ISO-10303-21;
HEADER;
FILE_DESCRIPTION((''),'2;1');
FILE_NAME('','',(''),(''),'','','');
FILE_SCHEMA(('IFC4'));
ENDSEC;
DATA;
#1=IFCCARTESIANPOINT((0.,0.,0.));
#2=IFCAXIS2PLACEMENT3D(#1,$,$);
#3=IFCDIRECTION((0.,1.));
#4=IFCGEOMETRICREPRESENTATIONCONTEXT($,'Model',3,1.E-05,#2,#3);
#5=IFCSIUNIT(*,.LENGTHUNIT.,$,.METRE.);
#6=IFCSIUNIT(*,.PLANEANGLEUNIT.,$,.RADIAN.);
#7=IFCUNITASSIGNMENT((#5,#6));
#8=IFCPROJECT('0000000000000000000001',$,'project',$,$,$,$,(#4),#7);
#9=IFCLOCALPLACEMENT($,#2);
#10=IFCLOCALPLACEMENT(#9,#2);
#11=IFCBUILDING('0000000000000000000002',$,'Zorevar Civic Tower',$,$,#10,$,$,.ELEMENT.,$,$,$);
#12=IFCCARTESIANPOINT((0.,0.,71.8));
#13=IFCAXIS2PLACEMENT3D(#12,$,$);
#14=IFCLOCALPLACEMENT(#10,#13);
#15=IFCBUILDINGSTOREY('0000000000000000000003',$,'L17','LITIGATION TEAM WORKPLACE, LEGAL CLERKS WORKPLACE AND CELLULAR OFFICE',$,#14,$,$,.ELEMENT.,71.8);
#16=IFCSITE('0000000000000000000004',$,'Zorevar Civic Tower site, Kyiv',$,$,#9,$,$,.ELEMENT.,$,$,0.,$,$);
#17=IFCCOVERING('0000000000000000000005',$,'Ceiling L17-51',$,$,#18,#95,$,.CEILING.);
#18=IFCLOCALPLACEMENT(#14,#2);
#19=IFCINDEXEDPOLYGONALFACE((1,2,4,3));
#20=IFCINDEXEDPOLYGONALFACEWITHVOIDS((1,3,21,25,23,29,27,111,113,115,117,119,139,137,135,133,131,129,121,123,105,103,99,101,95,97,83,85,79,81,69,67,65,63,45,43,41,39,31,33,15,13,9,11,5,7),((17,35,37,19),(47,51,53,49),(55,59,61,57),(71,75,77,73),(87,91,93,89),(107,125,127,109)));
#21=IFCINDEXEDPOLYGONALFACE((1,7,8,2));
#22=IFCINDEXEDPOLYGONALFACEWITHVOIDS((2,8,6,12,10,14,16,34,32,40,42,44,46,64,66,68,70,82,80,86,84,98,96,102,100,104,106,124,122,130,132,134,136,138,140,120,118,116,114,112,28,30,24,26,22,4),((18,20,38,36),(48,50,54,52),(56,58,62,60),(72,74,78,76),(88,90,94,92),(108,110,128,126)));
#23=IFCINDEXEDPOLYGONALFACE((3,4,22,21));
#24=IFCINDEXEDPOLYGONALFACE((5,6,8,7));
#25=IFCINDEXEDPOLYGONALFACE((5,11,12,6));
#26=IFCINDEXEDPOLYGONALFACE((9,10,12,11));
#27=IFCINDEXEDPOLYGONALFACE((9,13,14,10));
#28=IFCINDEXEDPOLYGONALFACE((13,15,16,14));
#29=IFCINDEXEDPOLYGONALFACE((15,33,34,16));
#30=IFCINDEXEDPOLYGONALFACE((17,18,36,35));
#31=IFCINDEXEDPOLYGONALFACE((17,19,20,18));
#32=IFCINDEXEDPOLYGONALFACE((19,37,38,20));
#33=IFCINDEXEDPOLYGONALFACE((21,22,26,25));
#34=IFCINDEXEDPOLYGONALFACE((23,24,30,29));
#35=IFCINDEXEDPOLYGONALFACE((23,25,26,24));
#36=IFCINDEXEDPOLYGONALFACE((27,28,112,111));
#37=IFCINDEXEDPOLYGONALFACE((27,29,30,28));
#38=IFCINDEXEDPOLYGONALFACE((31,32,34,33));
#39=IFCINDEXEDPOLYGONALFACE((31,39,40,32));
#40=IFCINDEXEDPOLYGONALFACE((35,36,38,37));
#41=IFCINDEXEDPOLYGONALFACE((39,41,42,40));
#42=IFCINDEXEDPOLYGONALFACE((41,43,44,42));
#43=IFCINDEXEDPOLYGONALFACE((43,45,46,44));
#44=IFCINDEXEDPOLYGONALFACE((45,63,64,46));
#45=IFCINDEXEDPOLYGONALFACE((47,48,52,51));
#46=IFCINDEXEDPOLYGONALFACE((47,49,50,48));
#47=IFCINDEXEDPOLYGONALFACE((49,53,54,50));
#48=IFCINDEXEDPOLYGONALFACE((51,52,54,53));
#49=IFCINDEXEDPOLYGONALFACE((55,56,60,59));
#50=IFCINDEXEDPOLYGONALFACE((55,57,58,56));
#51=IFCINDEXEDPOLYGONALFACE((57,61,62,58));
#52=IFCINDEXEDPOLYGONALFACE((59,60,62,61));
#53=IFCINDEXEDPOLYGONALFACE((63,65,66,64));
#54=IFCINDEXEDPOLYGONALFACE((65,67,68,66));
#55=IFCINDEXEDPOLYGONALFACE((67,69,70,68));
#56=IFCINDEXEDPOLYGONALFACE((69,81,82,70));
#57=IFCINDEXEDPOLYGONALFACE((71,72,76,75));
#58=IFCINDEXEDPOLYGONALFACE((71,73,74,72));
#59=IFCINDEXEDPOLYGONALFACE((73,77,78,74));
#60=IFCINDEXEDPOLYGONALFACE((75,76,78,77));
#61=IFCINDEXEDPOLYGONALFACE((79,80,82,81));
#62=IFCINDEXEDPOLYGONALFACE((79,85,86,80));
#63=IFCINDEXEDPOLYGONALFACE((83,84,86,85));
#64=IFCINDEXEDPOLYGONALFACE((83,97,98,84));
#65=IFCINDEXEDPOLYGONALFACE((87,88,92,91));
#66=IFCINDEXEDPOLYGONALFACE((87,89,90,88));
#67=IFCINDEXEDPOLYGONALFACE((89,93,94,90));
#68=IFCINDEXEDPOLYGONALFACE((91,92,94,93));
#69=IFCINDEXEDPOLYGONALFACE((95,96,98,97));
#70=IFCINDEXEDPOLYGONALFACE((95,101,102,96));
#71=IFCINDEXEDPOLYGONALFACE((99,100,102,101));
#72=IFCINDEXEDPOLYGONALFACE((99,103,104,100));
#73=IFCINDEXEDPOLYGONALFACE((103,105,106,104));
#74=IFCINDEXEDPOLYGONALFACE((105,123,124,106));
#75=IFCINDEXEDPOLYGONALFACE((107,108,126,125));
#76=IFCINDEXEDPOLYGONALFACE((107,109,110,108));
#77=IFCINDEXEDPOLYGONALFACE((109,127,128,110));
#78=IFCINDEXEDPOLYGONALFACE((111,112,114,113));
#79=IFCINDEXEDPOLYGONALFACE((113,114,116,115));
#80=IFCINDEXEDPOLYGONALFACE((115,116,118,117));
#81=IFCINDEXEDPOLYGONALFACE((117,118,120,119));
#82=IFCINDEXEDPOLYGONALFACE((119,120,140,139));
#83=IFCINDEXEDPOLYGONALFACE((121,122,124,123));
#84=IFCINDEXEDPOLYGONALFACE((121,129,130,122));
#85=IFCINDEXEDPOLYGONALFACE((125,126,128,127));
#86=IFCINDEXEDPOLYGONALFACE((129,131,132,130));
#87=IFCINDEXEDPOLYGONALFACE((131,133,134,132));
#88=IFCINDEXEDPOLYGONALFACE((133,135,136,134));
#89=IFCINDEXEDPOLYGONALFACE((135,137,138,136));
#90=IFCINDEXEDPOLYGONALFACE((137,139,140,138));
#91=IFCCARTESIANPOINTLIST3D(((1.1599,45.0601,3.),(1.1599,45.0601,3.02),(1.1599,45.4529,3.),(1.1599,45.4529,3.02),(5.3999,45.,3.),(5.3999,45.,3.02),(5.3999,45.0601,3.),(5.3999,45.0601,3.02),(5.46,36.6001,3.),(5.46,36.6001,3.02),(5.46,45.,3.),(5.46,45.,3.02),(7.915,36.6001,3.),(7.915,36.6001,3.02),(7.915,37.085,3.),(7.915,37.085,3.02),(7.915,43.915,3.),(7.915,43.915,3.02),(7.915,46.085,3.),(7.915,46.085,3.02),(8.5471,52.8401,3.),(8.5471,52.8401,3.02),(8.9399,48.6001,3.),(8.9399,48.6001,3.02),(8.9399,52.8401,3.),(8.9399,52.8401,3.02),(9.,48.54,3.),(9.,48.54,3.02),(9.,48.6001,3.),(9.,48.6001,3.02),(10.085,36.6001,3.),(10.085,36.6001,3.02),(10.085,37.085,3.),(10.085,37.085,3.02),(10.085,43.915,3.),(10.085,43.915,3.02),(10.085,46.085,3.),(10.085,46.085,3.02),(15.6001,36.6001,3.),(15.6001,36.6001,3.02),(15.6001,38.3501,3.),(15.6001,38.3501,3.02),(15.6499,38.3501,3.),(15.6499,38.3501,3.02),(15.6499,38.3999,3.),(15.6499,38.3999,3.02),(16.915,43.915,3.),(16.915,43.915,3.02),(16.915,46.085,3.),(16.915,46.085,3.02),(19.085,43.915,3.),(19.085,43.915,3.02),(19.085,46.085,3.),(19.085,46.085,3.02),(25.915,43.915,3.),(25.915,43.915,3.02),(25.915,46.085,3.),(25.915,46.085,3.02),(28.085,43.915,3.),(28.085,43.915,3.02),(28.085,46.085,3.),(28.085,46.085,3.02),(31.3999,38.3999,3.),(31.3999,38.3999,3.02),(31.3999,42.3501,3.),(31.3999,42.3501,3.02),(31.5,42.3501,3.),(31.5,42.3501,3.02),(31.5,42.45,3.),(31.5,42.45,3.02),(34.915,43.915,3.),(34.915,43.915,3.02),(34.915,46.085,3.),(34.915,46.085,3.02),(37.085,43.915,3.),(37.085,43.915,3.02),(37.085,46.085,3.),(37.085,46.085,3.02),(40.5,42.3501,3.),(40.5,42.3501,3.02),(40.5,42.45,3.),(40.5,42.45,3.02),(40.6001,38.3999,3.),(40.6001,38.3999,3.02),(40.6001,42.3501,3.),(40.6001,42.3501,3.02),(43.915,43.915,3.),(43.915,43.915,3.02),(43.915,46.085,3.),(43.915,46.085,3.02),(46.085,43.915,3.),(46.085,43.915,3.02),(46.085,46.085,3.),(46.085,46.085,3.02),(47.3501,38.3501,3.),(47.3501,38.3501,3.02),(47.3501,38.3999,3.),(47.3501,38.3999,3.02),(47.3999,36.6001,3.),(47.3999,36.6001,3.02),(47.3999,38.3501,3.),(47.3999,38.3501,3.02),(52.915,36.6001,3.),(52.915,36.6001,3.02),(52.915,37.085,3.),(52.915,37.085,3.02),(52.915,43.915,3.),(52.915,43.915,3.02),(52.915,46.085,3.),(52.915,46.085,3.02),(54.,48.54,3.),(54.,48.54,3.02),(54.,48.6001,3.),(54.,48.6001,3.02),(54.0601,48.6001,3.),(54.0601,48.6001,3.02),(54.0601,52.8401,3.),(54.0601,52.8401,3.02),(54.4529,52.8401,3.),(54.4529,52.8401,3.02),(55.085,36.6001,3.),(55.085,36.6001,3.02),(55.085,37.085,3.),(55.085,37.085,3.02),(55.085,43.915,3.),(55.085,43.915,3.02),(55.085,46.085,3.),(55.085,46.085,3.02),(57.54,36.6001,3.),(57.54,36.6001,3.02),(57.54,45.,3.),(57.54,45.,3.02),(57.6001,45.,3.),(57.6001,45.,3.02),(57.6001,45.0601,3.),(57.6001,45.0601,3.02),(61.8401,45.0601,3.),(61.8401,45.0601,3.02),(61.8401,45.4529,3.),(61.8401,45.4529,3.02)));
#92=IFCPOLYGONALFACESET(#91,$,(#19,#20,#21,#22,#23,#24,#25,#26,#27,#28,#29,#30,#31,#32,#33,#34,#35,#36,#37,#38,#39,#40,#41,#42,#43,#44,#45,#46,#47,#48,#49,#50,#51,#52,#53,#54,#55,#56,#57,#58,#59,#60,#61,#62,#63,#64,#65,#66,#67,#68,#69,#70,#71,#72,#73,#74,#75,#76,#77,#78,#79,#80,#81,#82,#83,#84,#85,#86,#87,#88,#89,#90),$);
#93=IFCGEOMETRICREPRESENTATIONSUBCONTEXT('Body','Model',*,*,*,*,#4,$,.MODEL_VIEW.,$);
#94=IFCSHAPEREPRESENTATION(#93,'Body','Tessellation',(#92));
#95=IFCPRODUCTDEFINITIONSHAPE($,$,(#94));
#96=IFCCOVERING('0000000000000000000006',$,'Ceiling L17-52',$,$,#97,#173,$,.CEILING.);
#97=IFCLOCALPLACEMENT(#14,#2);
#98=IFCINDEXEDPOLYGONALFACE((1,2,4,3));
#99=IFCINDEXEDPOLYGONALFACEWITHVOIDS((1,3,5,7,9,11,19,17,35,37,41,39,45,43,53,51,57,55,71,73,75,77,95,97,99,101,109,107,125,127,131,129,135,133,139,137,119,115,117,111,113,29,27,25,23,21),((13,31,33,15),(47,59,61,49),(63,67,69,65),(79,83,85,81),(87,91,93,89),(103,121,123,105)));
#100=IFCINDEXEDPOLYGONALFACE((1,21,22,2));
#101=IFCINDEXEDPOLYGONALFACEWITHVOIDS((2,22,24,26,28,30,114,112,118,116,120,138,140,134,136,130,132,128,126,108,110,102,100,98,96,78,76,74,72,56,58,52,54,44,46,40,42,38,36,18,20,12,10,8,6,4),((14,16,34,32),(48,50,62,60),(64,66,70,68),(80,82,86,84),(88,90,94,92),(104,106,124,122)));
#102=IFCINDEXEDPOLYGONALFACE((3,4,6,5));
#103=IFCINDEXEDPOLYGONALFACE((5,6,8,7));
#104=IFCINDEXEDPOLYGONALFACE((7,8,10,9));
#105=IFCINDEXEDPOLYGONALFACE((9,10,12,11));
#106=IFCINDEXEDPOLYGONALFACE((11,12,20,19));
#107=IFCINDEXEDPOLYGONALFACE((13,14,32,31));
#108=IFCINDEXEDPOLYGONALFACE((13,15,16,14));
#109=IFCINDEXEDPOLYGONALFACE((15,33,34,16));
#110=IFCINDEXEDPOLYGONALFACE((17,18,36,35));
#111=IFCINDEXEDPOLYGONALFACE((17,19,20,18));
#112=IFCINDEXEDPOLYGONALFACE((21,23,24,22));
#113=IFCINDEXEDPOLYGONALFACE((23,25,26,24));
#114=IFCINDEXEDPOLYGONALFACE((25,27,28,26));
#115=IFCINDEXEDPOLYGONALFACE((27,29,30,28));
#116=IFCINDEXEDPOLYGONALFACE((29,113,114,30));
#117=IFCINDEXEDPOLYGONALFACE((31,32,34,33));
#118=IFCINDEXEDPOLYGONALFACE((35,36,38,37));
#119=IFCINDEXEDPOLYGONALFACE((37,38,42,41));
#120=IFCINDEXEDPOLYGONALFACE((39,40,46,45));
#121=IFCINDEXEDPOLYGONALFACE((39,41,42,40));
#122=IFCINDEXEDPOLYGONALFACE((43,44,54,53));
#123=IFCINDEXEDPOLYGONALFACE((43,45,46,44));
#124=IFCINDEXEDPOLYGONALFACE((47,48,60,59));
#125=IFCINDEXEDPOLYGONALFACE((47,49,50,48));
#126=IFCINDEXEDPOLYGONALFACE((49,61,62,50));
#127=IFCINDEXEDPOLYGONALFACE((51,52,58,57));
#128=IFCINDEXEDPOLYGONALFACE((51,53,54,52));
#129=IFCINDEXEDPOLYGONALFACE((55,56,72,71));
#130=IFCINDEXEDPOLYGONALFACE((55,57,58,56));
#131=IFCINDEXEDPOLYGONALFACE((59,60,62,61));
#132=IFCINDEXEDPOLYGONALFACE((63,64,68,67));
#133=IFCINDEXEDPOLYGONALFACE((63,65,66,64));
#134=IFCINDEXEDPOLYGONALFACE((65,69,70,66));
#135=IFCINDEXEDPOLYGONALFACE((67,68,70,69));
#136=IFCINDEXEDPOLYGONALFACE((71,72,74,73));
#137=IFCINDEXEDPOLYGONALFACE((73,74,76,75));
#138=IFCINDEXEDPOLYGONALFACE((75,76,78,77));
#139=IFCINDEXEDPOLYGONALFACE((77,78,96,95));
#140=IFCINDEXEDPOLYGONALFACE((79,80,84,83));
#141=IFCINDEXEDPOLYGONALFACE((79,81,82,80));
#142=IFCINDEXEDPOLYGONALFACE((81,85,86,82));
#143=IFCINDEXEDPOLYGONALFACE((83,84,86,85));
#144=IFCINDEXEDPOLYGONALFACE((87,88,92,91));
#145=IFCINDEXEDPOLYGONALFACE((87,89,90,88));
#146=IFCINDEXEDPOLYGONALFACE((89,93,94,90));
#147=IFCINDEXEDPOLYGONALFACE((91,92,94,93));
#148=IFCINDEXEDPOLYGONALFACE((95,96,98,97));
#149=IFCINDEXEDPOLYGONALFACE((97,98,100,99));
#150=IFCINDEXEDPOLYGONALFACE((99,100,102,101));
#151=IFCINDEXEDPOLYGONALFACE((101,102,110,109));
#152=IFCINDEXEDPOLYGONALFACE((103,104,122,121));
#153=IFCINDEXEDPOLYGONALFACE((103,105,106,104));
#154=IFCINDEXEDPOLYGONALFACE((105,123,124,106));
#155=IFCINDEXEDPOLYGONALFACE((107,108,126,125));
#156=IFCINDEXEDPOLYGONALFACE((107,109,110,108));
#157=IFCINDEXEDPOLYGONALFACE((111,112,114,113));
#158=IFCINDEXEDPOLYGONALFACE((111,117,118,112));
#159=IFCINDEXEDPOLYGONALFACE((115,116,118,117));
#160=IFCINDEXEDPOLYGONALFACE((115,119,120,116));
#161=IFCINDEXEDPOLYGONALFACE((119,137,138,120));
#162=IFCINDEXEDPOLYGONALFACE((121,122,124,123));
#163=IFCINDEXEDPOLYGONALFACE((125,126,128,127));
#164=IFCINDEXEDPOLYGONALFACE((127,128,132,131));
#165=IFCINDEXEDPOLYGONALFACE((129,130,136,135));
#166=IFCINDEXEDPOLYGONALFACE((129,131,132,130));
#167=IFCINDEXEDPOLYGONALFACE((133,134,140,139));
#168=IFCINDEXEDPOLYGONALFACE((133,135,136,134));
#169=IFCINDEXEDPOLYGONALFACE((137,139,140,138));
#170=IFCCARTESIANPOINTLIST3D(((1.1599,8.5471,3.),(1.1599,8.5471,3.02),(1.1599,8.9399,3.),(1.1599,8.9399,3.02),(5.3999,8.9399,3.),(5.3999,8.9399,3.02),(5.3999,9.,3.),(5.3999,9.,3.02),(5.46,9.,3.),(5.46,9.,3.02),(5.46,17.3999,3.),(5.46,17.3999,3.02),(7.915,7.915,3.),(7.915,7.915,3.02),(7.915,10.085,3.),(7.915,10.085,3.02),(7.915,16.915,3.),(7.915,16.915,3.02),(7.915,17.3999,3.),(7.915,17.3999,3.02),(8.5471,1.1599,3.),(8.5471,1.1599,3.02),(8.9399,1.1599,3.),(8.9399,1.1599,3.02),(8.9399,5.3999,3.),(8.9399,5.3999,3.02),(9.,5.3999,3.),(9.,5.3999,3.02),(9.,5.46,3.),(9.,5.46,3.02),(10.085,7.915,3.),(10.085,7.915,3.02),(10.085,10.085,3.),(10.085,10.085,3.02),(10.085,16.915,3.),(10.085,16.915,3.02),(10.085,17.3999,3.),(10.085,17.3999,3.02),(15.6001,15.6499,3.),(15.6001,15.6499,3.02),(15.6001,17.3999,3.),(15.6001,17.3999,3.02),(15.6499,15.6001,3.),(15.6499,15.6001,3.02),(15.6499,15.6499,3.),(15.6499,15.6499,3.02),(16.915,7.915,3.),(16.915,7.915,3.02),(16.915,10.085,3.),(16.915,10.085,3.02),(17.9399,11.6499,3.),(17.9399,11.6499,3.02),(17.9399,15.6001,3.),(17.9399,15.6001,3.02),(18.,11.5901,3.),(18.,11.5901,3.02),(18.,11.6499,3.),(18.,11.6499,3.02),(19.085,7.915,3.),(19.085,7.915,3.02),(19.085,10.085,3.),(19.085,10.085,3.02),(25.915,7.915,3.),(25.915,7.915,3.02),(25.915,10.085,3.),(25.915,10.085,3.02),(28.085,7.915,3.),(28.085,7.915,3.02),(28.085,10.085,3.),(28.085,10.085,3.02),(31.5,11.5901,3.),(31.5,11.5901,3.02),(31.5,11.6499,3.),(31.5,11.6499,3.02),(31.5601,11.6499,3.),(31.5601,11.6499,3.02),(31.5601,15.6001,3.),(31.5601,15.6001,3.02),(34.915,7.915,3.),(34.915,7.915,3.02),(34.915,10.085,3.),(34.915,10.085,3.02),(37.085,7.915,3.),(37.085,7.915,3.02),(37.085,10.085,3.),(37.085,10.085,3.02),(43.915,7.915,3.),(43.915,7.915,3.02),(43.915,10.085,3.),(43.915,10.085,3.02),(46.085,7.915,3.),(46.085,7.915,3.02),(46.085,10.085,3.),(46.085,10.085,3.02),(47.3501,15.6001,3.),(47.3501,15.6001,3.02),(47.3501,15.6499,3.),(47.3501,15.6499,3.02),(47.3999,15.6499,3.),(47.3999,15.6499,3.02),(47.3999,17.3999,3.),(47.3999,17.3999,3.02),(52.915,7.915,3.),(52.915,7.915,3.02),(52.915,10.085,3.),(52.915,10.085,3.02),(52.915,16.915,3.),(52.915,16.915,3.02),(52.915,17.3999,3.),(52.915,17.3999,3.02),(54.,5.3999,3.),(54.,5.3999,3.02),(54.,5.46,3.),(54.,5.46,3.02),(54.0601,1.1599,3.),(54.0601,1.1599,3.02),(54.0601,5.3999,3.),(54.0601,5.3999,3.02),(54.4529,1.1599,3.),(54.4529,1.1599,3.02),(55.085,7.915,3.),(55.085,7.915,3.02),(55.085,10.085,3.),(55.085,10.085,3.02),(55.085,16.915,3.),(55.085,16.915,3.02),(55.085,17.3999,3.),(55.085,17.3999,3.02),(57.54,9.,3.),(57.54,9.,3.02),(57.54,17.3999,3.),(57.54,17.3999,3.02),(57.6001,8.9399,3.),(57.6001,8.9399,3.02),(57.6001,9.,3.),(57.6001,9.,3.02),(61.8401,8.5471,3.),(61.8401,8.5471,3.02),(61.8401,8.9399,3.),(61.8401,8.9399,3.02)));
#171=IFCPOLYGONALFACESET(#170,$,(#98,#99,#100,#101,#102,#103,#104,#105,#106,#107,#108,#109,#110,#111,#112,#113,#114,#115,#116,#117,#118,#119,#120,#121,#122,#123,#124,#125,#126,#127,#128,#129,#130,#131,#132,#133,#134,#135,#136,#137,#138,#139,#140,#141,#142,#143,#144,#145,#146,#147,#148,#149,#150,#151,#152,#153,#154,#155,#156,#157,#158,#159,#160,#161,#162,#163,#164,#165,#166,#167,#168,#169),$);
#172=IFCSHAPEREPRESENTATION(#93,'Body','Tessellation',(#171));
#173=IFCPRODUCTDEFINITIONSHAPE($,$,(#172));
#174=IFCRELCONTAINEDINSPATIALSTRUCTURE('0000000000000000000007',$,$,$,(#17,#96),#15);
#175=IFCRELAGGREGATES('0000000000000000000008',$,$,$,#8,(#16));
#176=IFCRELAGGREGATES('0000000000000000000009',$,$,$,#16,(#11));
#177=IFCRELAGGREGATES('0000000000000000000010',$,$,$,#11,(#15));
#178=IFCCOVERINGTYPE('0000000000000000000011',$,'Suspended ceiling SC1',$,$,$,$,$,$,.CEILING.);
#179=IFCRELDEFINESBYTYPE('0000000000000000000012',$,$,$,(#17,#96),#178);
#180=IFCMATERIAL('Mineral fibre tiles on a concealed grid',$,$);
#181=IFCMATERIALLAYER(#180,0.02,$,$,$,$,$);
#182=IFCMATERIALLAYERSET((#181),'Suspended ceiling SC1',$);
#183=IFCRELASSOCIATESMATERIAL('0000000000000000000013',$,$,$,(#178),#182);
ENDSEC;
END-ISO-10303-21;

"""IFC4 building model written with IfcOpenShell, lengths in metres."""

from ifc_helpers import new_model, si_unit, direction, frame, origin, place, context, subcontext, project, spatial, polyline, outline, extrude, material, layer, layer_set, type_object, element, save


model = new_model("IFC4")

# Units and contexts
model_context = context("Model", 3, precision=1e-05, world=origin(), true_north=direction((0.0, 1.0)))
body_context = subcontext(model_context, "Body", "Model", "MODEL_VIEW")
ifc_project = project(units=[si_unit("LENGTHUNIT", "METRE"), si_unit("PLANEANGLEUNIT", "RADIAN")], contexts=[model_context])

# Site, building, storey
site_placement = place(None, origin())
site = spatial("IfcSite", under=ifc_project, at=site_placement, Name="Zorevar Civic Tower site, Kyiv", CompositionType="ELEMENT", RefElevation=0.0)
building_placement = place(site_placement, origin())
building = spatial("IfcBuilding", under=site, at=building_placement, Name="Zorevar Civic Tower", CompositionType="ELEMENT")
storey_placement = place(building_placement, frame((0.0, 0.0, 71.8)))
storey = spatial("IfcBuildingStorey", under=building, at=storey_placement, Name="L17", Description="LITIGATION TEAM WORKPLACE, LEGAL CLERKS WORKPLACE AND CELLULAR OFFICE", CompositionType="ELEMENT", Elevation=71.8)

# Coverings
ifc_material_1 = material(Name="Mineral fibre tiles on a concealed grid")
ifc_layer_1 = layer(ifc_material_1, 0.02)
ifc_layer_set_1 = layer_set([ifc_layer_1], Name="Suspended ceiling SC1")
covering_type_1 = type_object("IfcCoveringType", Name="Suspended ceiling SC1", PredefinedType="CEILING", material=ifc_layer_set_1)
covering_1_placement = place(storey_placement, frame((0.0, 0.0, 3.0)))
element("IfcCovering", 1, at=covering_1_placement, inside=storey, type_object=covering_type_1, Name="Ceiling L17-51", PredefinedType="CEILING", context=body_context, shape_type="SweptSolid", body=[
    extrude(outline(polyline([(57.6001, 45.0601), (57.6001, 45.0), (57.54, 45.0), (57.54, 36.6001), (55.085, 36.6001), (55.085, 37.085), (52.915, 37.085), (52.915, 36.6001), (47.3999, 36.6001), (47.3999, 38.3501), (47.3501, 38.3501), (47.3501, 38.3999), (40.6001, 38.3999), (40.6001, 42.3501), (40.5, 42.3501), (40.5, 42.45), (31.5, 42.45), (31.5, 42.3501), (31.3999, 42.3501), (31.3999, 38.3999), (15.6499, 38.3999), (15.6499, 38.3501), (15.6001, 38.3501), (15.6001, 36.6001), (10.085, 36.6001), (10.085, 37.085), (7.915, 37.085), (7.915, 36.6001), (5.46, 36.6001), (5.46, 45.0), (5.3999, 45.0), (5.3999, 45.0601), (1.1599, 45.0601), (1.1599, 45.4529), (8.5471, 52.8401), (8.9399, 52.8401), (8.9399, 48.6001), (9.0, 48.6001), (9.0, 48.54), (54.0, 48.54), (54.0, 48.6001), (54.0601, 48.6001), (54.0601, 52.8401), (54.4529, 52.8401), (61.8401, 45.4529), (61.8401, 45.0601), (57.6001, 45.0601)]), holes=[polyline([(10.085, 43.915), (10.085, 46.085), (7.915, 46.085), (7.915, 43.915), (10.085, 43.915)]), polyline([(16.915, 46.085), (16.915, 43.915), (19.085, 43.915), (19.085, 46.085), (16.915, 46.085)]), polyline([(28.085, 46.085), (25.915, 46.085), (25.915, 43.915), (28.085, 43.915), (28.085, 46.085)]), polyline([(37.085, 43.915), (37.085, 46.085), (34.915, 46.085), (34.915, 43.915), (37.085, 43.915)]), polyline([(43.915, 43.915), (46.085, 43.915), (46.085, 46.085), (43.915, 46.085), (43.915, 43.915)]), polyline([(55.085, 46.085), (52.915, 46.085), (52.915, 43.915), (55.085, 43.915), (55.085, 46.085)])]), origin(), (0.0, 0.0, 1.0), 0.02),
])
covering_2_placement = place(storey_placement, frame((0.0, 0.0, 3.0)))
element("IfcCovering", 2, at=covering_2_placement, inside=storey, type_object=covering_type_1, Name="Ceiling L17-52", PredefinedType="CEILING", context=body_context, shape_type="SweptSolid", body=[
    extrude(outline(polyline([(18.0, 11.6499), (18.0, 11.5901), (31.5, 11.5901), (31.5, 11.6499), (31.5601, 11.6499), (31.5601, 15.6001), (47.3501, 15.6001), (47.3501, 15.6499), (47.3999, 15.6499), (47.3999, 17.3999), (52.915, 17.3999), (52.915, 16.915), (55.085, 16.915), (55.085, 17.3999), (57.54, 17.3999), (57.54, 9.0), (57.6001, 9.0), (57.6001, 8.9399), (61.8401, 8.9399), (61.8401, 8.5471), (54.4529, 1.1599), (54.0601, 1.1599), (54.0601, 5.3999), (54.0, 5.3999), (54.0, 5.46), (9.0, 5.46), (9.0, 5.3999), (8.9399, 5.3999), (8.9399, 1.1599), (8.5471, 1.1599), (1.1599, 8.5471), (1.1599, 8.9399), (5.3999, 8.9399), (5.3999, 9.0), (5.46, 9.0), (5.46, 17.3999), (7.915, 17.3999), (7.915, 16.915), (10.085, 16.915), (10.085, 17.3999), (15.6001, 17.3999), (15.6001, 15.6499), (15.6499, 15.6499), (15.6499, 15.6001), (17.9399, 15.6001), (17.9399, 11.6499), (18.0, 11.6499)]), holes=[polyline([(10.085, 7.915), (10.085, 10.085), (7.915, 10.085), (7.915, 7.915), (10.085, 7.915)]), polyline([(16.915, 10.085), (16.915, 7.915), (19.085, 7.915), (19.085, 10.085), (16.915, 10.085)]), polyline([(28.085, 10.085), (25.915, 10.085), (25.915, 7.915), (28.085, 7.915), (28.085, 10.085)]), polyline([(37.085, 7.915), (37.085, 10.085), (34.915, 10.085), (34.915, 7.915), (37.085, 7.915)]), polyline([(43.915, 7.915), (46.085, 7.915), (46.085, 10.085), (43.915, 10.085), (43.915, 7.915)]), polyline([(55.085, 10.085), (52.915, 10.085), (52.915, 7.915), (55.085, 7.915), (55.085, 10.085)])]), origin(), (0.0, 0.0, 1.0), 0.02),
])

save(model, "model.ifc")
